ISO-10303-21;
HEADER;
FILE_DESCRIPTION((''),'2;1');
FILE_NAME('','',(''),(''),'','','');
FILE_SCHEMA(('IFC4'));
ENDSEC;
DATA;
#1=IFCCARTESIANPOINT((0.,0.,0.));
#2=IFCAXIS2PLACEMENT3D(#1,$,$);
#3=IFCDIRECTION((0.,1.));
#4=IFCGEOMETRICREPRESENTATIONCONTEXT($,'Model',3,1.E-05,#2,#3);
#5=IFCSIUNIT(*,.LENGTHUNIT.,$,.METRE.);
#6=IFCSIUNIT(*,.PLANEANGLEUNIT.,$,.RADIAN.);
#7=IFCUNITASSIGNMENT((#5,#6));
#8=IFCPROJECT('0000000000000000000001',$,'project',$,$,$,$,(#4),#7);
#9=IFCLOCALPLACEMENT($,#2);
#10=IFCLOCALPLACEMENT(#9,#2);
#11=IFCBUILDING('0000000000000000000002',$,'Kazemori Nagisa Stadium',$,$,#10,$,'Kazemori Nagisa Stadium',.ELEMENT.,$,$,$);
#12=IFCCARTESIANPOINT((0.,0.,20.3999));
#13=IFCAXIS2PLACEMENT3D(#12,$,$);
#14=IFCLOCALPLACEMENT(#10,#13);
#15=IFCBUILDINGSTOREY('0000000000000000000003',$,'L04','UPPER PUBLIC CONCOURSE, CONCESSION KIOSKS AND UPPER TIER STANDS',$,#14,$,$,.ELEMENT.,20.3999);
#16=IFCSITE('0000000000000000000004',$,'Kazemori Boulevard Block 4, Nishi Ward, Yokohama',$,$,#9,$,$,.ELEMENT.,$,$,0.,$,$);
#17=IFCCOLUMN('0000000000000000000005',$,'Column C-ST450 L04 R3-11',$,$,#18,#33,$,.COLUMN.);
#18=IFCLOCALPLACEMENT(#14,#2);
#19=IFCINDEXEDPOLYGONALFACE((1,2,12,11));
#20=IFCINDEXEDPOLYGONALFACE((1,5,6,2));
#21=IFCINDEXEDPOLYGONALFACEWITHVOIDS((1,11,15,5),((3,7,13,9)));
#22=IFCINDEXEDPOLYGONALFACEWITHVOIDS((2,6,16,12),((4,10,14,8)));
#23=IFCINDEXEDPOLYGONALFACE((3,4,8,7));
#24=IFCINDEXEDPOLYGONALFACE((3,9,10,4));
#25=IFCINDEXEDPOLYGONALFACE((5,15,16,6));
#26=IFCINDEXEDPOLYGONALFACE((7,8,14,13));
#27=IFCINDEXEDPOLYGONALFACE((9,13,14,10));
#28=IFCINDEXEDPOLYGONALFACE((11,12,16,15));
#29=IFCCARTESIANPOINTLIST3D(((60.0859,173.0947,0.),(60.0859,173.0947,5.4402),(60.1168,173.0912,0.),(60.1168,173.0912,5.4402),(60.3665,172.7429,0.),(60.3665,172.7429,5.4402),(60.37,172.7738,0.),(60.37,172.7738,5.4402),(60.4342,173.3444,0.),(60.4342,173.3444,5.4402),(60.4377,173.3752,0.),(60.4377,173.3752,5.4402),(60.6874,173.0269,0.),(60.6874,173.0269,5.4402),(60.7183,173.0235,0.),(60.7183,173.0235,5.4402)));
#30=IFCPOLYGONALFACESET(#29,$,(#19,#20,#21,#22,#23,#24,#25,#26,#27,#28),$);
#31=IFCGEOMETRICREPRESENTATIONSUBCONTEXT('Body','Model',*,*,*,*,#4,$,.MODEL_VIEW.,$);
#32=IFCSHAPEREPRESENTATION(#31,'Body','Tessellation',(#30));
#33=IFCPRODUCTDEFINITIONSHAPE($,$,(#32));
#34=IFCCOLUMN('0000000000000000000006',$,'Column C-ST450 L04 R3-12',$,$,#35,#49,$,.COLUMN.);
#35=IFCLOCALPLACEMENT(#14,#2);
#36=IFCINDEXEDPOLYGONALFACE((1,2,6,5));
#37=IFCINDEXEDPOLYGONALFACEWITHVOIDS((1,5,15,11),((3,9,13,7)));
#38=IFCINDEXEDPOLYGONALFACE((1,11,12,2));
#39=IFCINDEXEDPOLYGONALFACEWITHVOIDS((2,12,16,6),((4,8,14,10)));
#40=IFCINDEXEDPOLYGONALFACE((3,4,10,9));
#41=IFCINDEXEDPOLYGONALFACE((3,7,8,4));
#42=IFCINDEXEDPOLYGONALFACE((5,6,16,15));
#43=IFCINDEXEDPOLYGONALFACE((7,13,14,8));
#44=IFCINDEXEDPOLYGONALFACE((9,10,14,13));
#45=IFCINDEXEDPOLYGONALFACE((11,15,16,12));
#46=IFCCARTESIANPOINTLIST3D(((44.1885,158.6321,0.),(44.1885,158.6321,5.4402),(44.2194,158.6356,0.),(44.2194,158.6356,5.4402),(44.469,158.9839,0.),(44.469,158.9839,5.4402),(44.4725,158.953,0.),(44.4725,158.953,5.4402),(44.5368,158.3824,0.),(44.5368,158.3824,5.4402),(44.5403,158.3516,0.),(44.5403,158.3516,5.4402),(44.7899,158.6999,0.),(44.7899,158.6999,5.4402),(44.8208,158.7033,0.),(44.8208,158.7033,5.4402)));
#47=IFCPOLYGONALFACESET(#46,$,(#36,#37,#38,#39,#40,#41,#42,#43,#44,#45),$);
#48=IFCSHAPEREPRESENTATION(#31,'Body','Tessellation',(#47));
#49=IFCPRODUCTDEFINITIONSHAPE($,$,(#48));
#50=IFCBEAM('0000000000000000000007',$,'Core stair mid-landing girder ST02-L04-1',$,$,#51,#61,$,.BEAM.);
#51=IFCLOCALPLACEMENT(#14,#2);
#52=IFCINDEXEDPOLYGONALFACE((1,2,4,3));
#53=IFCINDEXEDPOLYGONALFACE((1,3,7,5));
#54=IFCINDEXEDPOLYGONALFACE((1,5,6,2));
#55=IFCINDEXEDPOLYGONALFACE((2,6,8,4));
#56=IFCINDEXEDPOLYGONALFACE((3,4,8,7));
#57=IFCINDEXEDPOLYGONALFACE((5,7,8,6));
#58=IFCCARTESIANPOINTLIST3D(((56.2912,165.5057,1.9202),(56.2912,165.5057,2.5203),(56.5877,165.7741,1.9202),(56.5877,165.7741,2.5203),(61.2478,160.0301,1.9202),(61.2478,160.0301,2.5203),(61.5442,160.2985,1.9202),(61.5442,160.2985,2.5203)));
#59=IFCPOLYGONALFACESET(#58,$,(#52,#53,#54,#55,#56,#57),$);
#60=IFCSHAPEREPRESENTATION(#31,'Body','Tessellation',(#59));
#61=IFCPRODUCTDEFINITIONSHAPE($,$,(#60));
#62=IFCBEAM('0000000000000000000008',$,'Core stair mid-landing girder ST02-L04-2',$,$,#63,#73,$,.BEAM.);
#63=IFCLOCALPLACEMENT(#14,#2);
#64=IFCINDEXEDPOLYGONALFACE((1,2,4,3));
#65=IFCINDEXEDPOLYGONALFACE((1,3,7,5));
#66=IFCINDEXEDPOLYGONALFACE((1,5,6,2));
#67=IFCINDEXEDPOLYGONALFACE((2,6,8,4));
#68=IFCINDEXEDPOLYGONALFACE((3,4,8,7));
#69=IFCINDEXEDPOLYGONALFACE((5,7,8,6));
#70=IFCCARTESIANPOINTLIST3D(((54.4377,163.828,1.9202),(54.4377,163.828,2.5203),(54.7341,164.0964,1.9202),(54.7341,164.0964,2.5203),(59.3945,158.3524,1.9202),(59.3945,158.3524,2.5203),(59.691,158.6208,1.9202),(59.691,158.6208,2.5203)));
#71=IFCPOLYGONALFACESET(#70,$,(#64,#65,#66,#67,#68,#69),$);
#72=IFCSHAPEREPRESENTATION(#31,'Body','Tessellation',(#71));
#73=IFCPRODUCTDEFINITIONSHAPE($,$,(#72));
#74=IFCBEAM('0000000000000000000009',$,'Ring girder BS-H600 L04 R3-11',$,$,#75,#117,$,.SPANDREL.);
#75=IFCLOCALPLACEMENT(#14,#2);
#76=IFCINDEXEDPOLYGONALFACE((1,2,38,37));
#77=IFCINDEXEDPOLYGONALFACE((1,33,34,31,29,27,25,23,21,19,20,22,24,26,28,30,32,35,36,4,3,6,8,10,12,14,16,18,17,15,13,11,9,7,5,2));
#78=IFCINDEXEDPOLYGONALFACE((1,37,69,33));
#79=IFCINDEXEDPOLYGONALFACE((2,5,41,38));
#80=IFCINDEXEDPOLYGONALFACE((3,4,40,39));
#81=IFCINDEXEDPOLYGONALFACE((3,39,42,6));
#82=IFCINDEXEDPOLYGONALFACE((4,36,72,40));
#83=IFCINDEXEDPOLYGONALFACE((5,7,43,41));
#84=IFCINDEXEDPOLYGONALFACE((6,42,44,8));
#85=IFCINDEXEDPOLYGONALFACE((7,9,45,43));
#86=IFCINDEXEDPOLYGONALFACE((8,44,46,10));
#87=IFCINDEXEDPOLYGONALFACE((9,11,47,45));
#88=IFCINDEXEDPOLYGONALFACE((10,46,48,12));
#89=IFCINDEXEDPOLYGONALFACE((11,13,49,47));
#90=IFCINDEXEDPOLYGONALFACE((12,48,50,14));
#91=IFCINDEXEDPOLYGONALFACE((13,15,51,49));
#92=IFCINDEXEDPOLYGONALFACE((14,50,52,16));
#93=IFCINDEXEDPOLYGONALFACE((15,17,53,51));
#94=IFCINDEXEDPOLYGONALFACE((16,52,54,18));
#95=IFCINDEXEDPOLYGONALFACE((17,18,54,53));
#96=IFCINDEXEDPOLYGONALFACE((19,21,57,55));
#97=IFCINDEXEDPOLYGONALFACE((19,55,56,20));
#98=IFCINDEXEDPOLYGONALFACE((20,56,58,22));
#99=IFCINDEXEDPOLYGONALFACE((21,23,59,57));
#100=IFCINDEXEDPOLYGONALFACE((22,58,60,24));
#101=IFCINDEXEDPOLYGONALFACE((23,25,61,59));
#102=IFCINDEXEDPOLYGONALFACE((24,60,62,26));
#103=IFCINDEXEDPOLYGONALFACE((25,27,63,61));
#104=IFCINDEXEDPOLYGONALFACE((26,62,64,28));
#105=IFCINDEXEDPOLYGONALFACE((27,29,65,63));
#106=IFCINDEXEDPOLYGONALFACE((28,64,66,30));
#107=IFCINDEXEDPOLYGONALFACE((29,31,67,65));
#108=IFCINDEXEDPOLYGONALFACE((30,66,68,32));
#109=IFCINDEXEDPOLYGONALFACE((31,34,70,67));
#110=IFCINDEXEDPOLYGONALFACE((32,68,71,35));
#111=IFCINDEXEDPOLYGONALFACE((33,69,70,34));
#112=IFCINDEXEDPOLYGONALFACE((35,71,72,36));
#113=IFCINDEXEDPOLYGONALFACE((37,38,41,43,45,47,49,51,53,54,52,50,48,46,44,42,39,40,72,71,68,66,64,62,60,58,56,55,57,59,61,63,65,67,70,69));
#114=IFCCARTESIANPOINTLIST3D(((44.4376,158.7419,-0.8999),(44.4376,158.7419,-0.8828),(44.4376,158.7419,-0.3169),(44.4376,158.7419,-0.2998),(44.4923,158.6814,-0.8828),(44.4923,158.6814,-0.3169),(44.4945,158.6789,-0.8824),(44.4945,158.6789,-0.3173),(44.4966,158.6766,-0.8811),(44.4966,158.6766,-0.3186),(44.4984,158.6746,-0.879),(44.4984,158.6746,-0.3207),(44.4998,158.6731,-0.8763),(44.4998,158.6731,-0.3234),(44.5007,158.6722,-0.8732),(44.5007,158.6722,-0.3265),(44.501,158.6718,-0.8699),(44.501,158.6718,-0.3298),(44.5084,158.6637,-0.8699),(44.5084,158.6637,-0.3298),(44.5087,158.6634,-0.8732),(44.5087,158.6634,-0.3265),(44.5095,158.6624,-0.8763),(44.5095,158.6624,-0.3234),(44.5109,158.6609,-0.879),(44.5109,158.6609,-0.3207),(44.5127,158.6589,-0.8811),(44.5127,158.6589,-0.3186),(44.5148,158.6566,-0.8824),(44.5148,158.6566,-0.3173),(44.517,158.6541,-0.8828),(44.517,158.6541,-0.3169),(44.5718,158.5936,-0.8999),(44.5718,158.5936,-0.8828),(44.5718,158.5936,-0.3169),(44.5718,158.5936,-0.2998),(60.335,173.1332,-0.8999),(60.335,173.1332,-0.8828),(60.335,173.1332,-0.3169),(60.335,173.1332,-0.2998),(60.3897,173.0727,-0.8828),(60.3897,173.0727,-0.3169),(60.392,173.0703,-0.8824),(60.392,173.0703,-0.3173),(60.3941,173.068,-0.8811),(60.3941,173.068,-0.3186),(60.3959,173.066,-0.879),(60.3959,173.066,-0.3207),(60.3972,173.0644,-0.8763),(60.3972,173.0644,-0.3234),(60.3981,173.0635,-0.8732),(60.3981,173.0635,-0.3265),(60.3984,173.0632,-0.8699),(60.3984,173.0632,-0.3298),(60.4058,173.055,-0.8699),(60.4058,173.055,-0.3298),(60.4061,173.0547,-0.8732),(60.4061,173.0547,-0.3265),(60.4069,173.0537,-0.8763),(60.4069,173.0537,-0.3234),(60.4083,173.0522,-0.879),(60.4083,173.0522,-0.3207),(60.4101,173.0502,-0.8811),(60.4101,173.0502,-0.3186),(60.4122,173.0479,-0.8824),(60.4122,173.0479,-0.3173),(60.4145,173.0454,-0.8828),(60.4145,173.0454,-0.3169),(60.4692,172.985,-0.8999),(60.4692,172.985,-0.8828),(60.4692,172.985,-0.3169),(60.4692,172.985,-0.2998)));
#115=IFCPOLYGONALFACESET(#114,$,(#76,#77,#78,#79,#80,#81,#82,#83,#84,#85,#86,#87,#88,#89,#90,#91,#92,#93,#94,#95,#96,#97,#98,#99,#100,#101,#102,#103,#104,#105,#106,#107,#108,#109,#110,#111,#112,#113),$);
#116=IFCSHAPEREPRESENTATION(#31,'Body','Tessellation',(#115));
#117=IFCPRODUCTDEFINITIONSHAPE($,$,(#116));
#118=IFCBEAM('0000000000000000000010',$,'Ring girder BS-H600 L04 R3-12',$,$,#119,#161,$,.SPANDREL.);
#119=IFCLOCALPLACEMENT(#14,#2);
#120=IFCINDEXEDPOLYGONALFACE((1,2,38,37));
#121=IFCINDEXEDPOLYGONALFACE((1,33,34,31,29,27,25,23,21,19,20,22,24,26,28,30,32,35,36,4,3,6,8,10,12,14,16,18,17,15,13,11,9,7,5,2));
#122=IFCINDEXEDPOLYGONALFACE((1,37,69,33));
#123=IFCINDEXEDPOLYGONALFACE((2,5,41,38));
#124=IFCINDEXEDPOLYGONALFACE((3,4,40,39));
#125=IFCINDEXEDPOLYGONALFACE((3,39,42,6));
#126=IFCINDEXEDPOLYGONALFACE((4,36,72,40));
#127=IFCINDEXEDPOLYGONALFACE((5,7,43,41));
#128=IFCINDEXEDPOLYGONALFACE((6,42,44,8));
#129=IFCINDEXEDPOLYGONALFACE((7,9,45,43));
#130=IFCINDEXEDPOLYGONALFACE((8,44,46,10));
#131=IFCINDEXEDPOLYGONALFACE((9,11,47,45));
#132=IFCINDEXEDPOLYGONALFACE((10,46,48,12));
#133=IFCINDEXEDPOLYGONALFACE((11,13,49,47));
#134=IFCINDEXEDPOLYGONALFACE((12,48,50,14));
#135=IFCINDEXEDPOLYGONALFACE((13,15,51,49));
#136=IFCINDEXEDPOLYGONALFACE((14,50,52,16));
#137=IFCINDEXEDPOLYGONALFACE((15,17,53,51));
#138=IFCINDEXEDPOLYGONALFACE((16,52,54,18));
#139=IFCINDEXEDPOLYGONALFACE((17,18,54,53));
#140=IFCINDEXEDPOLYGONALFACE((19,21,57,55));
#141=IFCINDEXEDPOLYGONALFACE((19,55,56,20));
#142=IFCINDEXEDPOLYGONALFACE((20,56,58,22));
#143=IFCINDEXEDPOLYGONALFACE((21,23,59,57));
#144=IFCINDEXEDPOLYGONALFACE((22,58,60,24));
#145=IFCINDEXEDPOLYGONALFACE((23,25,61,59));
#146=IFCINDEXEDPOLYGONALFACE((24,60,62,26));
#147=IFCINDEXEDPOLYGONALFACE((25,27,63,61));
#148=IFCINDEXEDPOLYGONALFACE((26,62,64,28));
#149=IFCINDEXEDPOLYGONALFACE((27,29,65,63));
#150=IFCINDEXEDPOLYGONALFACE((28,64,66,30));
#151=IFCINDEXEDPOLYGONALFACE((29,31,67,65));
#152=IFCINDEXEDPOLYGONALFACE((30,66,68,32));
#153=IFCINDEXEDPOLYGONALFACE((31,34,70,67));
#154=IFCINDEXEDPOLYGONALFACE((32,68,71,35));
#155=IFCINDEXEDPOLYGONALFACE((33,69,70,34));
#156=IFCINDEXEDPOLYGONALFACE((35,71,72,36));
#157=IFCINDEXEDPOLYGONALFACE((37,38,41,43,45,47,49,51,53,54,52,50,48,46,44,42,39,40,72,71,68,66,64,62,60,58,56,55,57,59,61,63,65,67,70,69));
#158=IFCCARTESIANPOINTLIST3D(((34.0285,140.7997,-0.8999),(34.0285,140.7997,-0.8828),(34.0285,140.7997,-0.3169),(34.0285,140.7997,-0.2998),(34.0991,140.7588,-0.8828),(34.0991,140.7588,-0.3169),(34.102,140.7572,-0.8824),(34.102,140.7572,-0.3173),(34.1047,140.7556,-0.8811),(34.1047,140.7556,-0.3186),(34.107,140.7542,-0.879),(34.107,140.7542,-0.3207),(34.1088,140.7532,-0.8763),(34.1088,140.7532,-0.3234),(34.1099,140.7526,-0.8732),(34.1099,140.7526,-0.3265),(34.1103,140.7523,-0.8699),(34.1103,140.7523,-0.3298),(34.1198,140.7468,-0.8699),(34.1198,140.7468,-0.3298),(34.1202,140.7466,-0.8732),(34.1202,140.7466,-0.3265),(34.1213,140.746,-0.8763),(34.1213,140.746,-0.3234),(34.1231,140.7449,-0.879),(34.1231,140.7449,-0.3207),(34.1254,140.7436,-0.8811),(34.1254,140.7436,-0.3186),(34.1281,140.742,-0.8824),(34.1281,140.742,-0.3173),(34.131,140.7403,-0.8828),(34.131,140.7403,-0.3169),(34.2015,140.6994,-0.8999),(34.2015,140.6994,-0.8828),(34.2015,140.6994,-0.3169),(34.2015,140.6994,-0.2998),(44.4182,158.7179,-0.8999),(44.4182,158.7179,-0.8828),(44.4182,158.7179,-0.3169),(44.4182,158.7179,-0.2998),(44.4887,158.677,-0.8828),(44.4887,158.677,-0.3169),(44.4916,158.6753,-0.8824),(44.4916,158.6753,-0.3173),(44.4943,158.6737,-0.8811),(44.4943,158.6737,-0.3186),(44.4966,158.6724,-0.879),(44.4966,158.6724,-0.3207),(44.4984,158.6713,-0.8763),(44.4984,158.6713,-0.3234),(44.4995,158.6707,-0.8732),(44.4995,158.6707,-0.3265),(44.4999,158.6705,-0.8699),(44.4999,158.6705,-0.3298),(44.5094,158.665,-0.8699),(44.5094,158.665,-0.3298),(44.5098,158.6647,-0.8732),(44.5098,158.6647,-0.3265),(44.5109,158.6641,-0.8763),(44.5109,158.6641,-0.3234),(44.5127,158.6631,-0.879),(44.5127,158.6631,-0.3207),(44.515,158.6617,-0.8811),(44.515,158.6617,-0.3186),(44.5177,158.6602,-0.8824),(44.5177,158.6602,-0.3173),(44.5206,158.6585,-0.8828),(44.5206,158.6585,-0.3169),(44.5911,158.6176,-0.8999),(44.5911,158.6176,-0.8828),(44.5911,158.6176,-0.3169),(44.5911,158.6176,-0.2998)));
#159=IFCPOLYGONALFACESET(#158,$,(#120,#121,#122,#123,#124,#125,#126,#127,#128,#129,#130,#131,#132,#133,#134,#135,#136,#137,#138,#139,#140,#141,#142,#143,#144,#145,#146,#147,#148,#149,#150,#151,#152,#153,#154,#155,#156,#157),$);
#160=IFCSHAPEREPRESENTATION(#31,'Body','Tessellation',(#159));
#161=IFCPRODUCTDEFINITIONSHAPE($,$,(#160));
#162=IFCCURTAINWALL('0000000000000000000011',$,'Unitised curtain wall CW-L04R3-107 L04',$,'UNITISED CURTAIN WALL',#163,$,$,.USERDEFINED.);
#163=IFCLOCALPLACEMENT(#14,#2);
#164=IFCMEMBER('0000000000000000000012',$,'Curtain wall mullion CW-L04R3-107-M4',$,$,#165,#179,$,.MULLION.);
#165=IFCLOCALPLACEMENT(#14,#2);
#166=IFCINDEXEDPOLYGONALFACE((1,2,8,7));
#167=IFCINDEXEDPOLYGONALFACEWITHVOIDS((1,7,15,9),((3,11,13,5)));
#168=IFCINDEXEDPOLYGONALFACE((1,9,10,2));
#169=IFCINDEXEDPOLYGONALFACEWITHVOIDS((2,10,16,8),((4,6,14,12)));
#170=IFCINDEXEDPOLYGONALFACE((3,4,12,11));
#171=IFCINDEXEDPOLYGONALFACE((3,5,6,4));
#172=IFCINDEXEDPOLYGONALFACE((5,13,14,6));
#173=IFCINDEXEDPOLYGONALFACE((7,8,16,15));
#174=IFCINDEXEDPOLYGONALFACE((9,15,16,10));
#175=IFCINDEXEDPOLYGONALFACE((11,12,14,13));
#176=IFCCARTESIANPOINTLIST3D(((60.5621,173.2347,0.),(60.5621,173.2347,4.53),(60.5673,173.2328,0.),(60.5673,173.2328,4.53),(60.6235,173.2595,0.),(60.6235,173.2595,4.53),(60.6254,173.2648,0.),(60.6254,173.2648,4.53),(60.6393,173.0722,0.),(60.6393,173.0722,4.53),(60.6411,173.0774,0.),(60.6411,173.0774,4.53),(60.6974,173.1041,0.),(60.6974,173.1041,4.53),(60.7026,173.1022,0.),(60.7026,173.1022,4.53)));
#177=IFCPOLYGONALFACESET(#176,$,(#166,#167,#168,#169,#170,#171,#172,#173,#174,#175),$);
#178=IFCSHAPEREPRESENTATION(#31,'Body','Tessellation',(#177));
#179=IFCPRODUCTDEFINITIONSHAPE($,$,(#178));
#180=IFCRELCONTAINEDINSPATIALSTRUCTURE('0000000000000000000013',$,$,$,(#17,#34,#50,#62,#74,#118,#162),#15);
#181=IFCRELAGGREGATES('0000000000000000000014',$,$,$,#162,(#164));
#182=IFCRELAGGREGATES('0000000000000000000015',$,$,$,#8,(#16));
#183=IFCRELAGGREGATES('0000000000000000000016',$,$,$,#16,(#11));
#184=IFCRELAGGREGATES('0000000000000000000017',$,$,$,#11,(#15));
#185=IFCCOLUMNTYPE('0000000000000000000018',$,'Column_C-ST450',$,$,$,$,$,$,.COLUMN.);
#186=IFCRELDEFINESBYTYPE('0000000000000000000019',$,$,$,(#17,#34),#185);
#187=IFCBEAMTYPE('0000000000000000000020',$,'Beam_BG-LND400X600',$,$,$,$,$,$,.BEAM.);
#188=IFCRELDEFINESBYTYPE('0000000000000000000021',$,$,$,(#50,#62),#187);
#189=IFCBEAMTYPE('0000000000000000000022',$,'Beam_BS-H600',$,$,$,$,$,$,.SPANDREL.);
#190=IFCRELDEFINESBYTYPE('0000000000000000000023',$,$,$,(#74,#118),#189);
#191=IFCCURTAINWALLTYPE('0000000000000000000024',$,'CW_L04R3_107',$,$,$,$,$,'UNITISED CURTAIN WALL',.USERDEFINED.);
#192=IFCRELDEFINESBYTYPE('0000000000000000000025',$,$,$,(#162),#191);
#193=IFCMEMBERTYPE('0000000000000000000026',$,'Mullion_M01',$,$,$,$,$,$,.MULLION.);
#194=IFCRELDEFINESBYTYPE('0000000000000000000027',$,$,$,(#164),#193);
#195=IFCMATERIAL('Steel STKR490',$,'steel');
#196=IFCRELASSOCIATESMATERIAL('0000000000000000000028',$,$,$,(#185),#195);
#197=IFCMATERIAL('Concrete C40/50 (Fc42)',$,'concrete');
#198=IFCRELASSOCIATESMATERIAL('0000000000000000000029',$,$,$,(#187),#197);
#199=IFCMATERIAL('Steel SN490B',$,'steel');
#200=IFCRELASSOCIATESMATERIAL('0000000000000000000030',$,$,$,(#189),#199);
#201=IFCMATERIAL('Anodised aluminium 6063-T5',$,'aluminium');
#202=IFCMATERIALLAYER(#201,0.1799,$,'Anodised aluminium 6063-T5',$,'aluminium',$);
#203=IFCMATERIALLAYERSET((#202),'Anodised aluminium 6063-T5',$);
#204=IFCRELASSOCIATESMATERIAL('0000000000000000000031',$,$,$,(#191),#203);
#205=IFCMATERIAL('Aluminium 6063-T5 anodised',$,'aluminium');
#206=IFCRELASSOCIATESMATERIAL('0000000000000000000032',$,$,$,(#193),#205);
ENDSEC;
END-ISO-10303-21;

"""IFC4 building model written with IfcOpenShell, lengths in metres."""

from ifc_helpers import new_model, si_unit, direction, frame, origin, origin_2d, place, context, subcontext, project, spatial, rectangle, hollow_rectangle, i_section, extrude, material, layer, layer_set, material_profile, profile_set, type_object, element, aggregate, save


model = new_model("IFC4")

# Units and contexts
model_context = context("Model", 3, precision=1e-05, world=origin(), true_north=direction((0.0, 1.0)))
body_context = subcontext(model_context, "Body", "Model", "MODEL_VIEW")
ifc_project = project(units=[si_unit("LENGTHUNIT", "METRE"), si_unit("PLANEANGLEUNIT", "RADIAN")], contexts=[model_context])

# Site, building, storey
site_placement = place(None, origin())
site = spatial("IfcSite", under=ifc_project, at=site_placement, Name="Kazemori Boulevard Block 4, Nishi Ward, Yokohama", CompositionType="ELEMENT", RefElevation=0.0)
building_placement = place(site_placement, origin())
building = spatial("IfcBuilding", under=site, at=building_placement, Name="Kazemori Nagisa Stadium", LongName="Kazemori Nagisa Stadium", CompositionType="ELEMENT")
storey_placement = place(building_placement, frame((0.0, 0.0, 20.3999)))
storey = spatial("IfcBuildingStorey", under=building, at=storey_placement, Name="L04", Description="UPPER PUBLIC CONCOURSE, CONCESSION KIOSKS AND UPPER TIER STANDS", CompositionType="ELEMENT", Elevation=20.3999)

# Columns
ifc_material_1 = material(Name="Steel STKR490", Category="steel")
ifc_material_profile_1 = material_profile(ifc_material_1, hollow_rectangle(XDim=0.45, YDim=0.45, WallThickness=0.022, at=origin_2d()), Name="SHS-450x450x22")
ifc_profile_set_1 = profile_set([ifc_material_profile_1], Name="Steel STKR490")
column_type = type_object("IfcColumnType", Name="Column_C-ST450", PredefinedType="COLUMN", material=ifc_profile_set_1)
for number, where, z_axis, x_axis, name in (
    (1, (60.4021, 173.0591, 0.0), (0.0, 0.0, 1.0), (-0.62349, 0.781831, 0.0), "Column C-ST450 L04 R3-11"),
    (2, (44.5046, 158.6677, 0.0), (0.0, 0.0, 1.0), (-0.781831, 0.62349, 0.0), "Column C-ST450 L04 R3-12"),
):
    element("IfcColumn", number, at=place(storey_placement, frame(where, z_axis=z_axis, x_axis=x_axis)), inside=storey, type_object=column_type, Name=name, PredefinedType="COLUMN", context=body_context, shape_type="SweptSolid", body=[
        extrude(hollow_rectangle(XDim=0.45, YDim=0.45, WallThickness=0.022, at=origin_2d()), origin(), (0.0, 0.0, 1.0), 5.4402),
    ])

# Beams
ifc_material_2 = material(Name="Concrete C40/50 (Fc42)", Category="concrete")
ifc_material_profile_2 = material_profile(ifc_material_2, rectangle(XDim=0.3999, YDim=0.6001, at=origin_2d()), Name="RC-BM-400x600")
ifc_profile_set_2 = profile_set([ifc_material_profile_2], Name="Concrete C40/50 (Fc42)")
beam_type_1 = type_object("IfcBeamType", Name="Beam_BG-LND400X600", PredefinedType="BEAM", material=ifc_profile_set_2)
beam_1_placement = place(storey_placement, frame((61.396, 160.1643, 2.2202), z_axis=(-0.671095, 0.741371, 0.0), x_axis=(-0.741371, -0.671095, 0.0)))
element("IfcBeam", 3, at=beam_1_placement, inside=storey, type_object=beam_type_1, Name="Core stair mid-landing girder ST02-L04-1", PredefinedType="BEAM", context=body_context, shape_type="SweptSolid", body=[
    extrude(rectangle(XDim=0.3999, YDim=0.6001, at=origin_2d()), origin(), (0.0, 0.0, 1.0), 7.3857),
])
beam_2_placement = place(storey_placement, frame((59.5427, 158.4866, 2.2202), z_axis=(-0.671113, 0.741355, 0.0), x_axis=(-0.741355, -0.671113, 0.0)))
element("IfcBeam", 4, at=beam_2_placement, inside=storey, type_object=beam_type_1, Name="Core stair mid-landing girder ST02-L04-2", PredefinedType="BEAM", context=body_context, shape_type="SweptSolid", body=[
    extrude(rectangle(XDim=0.3999, YDim=0.6001, at=origin_2d()), origin(), (0.0, 0.0, 1.0), 7.386),
])
ifc_material_3 = material(Name="Steel SN490B", Category="steel")
ifc_material_profile_3 = material_profile(ifc_material_3, i_section(OverallWidth=0.2, OverallDepth=0.6001, WebThickness=0.011, FlangeThickness=0.0171, FilletRadius=0.0129, at=origin_2d()), Name="H-600x200x11x17")
ifc_profile_set_3 = profile_set([ifc_material_profile_3], Name="Steel SN490B")
beam_type_2 = type_object("IfcBeamType", Name="Beam_BS-H600", PredefinedType="SPANDREL", material=ifc_profile_set_3)
beam_3_placement = place(storey_placement, frame((60.4021, 173.0591, -0.5999), z_axis=(-0.741352, -0.671117, 0.0), x_axis=(0.671117, -0.741352, 0.0)))
element("IfcBeam", 5, at=beam_3_placement, inside=storey, type_object=beam_type_2, Name="Ring girder BS-H600 L04 R3-11", PredefinedType="SPANDREL", context=body_context, shape_type="SweptSolid", body=[
    extrude(i_section(OverallWidth=0.2, OverallDepth=0.6001, WebThickness=0.011, FlangeThickness=0.0171, FilletRadius=0.0129, at=origin_2d()), origin(), (0.0, 0.0, 1.0), 21.4438),
])
beam_4_placement = place(storey_placement, frame((44.5046, 158.6677, -0.5999), z_axis=(-0.501613, -0.865092, 0.0), x_axis=(0.865092, -0.501613, 0.0)))
element("IfcBeam", 6, at=beam_4_placement, inside=storey, type_object=beam_type_2, Name="Ring girder BS-H600 L04 R3-12", PredefinedType="SPANDREL", context=body_context, shape_type="SweptSolid", body=[
    extrude(i_section(OverallWidth=0.2, OverallDepth=0.6001, WebThickness=0.011, FlangeThickness=0.0171, FilletRadius=0.0129, at=origin_2d()), origin(), (0.0, 0.0, 1.0), 20.7124),
])

# Curtain wall, member
ifc_material_4 = material(Name="Anodised aluminium 6063-T5", Category="aluminium")
ifc_layer_1 = layer(ifc_material_4, 0.1799, Name="Anodised aluminium 6063-T5", Category="aluminium")
ifc_layer_set_1 = layer_set([ifc_layer_1], Name="Anodised aluminium 6063-T5")
curtain_wall_type_1 = type_object("IfcCurtainWallType", Name="CW_L04R3_107", ElementType="UNITISED CURTAIN WALL", PredefinedType="USERDEFINED", material=ifc_layer_set_1)
curtain_wall_1_placement = place(storey_placement, origin())
curtain_wall_1 = element("IfcCurtainWall", 7, at=curtain_wall_1_placement, inside=storey, type_object=curtain_wall_type_1, Name="Unitised curtain wall CW-L04R3-107 L04", ObjectType="UNITISED CURTAIN WALL", PredefinedType="USERDEFINED")
ifc_material_5 = material(Name="Aluminium 6063-T5 anodised", Category="aluminium")
ifc_material_profile_4 = material_profile(ifc_material_5, hollow_rectangle(XDim=0.0701, YDim=0.1799, WallThickness=0.0039, at=origin_2d()), Name="ALU-MULL-70x180x4")
ifc_profile_set_4 = profile_set([ifc_material_profile_4], Name="Aluminium 6063-T5 anodised")
member_type = type_object("IfcMemberType", Name="Mullion_M01", PredefinedType="MULLION", material=ifc_profile_set_4)
member_1_placement = place(storey_placement, frame((60.6323, 173.1685, 0.0), z_axis=(0.0, 0.0, 1.0), x_axis=(-0.903216, -0.429186, 0.0)))
member_1 = element("IfcMember", 8, at=member_1_placement, type_object=member_type, Name="Curtain wall mullion CW-L04R3-107-M4", PredefinedType="MULLION", context=body_context, shape_type="SweptSolid", body=[
    extrude(hollow_rectangle(XDim=0.0701, YDim=0.1799, WallThickness=0.0039, at=origin_2d()), origin(), (0.0, 0.0, 1.0), 4.53),
])

aggregate(curtain_wall_1, [member_1])

save(model, "model.ifc")
